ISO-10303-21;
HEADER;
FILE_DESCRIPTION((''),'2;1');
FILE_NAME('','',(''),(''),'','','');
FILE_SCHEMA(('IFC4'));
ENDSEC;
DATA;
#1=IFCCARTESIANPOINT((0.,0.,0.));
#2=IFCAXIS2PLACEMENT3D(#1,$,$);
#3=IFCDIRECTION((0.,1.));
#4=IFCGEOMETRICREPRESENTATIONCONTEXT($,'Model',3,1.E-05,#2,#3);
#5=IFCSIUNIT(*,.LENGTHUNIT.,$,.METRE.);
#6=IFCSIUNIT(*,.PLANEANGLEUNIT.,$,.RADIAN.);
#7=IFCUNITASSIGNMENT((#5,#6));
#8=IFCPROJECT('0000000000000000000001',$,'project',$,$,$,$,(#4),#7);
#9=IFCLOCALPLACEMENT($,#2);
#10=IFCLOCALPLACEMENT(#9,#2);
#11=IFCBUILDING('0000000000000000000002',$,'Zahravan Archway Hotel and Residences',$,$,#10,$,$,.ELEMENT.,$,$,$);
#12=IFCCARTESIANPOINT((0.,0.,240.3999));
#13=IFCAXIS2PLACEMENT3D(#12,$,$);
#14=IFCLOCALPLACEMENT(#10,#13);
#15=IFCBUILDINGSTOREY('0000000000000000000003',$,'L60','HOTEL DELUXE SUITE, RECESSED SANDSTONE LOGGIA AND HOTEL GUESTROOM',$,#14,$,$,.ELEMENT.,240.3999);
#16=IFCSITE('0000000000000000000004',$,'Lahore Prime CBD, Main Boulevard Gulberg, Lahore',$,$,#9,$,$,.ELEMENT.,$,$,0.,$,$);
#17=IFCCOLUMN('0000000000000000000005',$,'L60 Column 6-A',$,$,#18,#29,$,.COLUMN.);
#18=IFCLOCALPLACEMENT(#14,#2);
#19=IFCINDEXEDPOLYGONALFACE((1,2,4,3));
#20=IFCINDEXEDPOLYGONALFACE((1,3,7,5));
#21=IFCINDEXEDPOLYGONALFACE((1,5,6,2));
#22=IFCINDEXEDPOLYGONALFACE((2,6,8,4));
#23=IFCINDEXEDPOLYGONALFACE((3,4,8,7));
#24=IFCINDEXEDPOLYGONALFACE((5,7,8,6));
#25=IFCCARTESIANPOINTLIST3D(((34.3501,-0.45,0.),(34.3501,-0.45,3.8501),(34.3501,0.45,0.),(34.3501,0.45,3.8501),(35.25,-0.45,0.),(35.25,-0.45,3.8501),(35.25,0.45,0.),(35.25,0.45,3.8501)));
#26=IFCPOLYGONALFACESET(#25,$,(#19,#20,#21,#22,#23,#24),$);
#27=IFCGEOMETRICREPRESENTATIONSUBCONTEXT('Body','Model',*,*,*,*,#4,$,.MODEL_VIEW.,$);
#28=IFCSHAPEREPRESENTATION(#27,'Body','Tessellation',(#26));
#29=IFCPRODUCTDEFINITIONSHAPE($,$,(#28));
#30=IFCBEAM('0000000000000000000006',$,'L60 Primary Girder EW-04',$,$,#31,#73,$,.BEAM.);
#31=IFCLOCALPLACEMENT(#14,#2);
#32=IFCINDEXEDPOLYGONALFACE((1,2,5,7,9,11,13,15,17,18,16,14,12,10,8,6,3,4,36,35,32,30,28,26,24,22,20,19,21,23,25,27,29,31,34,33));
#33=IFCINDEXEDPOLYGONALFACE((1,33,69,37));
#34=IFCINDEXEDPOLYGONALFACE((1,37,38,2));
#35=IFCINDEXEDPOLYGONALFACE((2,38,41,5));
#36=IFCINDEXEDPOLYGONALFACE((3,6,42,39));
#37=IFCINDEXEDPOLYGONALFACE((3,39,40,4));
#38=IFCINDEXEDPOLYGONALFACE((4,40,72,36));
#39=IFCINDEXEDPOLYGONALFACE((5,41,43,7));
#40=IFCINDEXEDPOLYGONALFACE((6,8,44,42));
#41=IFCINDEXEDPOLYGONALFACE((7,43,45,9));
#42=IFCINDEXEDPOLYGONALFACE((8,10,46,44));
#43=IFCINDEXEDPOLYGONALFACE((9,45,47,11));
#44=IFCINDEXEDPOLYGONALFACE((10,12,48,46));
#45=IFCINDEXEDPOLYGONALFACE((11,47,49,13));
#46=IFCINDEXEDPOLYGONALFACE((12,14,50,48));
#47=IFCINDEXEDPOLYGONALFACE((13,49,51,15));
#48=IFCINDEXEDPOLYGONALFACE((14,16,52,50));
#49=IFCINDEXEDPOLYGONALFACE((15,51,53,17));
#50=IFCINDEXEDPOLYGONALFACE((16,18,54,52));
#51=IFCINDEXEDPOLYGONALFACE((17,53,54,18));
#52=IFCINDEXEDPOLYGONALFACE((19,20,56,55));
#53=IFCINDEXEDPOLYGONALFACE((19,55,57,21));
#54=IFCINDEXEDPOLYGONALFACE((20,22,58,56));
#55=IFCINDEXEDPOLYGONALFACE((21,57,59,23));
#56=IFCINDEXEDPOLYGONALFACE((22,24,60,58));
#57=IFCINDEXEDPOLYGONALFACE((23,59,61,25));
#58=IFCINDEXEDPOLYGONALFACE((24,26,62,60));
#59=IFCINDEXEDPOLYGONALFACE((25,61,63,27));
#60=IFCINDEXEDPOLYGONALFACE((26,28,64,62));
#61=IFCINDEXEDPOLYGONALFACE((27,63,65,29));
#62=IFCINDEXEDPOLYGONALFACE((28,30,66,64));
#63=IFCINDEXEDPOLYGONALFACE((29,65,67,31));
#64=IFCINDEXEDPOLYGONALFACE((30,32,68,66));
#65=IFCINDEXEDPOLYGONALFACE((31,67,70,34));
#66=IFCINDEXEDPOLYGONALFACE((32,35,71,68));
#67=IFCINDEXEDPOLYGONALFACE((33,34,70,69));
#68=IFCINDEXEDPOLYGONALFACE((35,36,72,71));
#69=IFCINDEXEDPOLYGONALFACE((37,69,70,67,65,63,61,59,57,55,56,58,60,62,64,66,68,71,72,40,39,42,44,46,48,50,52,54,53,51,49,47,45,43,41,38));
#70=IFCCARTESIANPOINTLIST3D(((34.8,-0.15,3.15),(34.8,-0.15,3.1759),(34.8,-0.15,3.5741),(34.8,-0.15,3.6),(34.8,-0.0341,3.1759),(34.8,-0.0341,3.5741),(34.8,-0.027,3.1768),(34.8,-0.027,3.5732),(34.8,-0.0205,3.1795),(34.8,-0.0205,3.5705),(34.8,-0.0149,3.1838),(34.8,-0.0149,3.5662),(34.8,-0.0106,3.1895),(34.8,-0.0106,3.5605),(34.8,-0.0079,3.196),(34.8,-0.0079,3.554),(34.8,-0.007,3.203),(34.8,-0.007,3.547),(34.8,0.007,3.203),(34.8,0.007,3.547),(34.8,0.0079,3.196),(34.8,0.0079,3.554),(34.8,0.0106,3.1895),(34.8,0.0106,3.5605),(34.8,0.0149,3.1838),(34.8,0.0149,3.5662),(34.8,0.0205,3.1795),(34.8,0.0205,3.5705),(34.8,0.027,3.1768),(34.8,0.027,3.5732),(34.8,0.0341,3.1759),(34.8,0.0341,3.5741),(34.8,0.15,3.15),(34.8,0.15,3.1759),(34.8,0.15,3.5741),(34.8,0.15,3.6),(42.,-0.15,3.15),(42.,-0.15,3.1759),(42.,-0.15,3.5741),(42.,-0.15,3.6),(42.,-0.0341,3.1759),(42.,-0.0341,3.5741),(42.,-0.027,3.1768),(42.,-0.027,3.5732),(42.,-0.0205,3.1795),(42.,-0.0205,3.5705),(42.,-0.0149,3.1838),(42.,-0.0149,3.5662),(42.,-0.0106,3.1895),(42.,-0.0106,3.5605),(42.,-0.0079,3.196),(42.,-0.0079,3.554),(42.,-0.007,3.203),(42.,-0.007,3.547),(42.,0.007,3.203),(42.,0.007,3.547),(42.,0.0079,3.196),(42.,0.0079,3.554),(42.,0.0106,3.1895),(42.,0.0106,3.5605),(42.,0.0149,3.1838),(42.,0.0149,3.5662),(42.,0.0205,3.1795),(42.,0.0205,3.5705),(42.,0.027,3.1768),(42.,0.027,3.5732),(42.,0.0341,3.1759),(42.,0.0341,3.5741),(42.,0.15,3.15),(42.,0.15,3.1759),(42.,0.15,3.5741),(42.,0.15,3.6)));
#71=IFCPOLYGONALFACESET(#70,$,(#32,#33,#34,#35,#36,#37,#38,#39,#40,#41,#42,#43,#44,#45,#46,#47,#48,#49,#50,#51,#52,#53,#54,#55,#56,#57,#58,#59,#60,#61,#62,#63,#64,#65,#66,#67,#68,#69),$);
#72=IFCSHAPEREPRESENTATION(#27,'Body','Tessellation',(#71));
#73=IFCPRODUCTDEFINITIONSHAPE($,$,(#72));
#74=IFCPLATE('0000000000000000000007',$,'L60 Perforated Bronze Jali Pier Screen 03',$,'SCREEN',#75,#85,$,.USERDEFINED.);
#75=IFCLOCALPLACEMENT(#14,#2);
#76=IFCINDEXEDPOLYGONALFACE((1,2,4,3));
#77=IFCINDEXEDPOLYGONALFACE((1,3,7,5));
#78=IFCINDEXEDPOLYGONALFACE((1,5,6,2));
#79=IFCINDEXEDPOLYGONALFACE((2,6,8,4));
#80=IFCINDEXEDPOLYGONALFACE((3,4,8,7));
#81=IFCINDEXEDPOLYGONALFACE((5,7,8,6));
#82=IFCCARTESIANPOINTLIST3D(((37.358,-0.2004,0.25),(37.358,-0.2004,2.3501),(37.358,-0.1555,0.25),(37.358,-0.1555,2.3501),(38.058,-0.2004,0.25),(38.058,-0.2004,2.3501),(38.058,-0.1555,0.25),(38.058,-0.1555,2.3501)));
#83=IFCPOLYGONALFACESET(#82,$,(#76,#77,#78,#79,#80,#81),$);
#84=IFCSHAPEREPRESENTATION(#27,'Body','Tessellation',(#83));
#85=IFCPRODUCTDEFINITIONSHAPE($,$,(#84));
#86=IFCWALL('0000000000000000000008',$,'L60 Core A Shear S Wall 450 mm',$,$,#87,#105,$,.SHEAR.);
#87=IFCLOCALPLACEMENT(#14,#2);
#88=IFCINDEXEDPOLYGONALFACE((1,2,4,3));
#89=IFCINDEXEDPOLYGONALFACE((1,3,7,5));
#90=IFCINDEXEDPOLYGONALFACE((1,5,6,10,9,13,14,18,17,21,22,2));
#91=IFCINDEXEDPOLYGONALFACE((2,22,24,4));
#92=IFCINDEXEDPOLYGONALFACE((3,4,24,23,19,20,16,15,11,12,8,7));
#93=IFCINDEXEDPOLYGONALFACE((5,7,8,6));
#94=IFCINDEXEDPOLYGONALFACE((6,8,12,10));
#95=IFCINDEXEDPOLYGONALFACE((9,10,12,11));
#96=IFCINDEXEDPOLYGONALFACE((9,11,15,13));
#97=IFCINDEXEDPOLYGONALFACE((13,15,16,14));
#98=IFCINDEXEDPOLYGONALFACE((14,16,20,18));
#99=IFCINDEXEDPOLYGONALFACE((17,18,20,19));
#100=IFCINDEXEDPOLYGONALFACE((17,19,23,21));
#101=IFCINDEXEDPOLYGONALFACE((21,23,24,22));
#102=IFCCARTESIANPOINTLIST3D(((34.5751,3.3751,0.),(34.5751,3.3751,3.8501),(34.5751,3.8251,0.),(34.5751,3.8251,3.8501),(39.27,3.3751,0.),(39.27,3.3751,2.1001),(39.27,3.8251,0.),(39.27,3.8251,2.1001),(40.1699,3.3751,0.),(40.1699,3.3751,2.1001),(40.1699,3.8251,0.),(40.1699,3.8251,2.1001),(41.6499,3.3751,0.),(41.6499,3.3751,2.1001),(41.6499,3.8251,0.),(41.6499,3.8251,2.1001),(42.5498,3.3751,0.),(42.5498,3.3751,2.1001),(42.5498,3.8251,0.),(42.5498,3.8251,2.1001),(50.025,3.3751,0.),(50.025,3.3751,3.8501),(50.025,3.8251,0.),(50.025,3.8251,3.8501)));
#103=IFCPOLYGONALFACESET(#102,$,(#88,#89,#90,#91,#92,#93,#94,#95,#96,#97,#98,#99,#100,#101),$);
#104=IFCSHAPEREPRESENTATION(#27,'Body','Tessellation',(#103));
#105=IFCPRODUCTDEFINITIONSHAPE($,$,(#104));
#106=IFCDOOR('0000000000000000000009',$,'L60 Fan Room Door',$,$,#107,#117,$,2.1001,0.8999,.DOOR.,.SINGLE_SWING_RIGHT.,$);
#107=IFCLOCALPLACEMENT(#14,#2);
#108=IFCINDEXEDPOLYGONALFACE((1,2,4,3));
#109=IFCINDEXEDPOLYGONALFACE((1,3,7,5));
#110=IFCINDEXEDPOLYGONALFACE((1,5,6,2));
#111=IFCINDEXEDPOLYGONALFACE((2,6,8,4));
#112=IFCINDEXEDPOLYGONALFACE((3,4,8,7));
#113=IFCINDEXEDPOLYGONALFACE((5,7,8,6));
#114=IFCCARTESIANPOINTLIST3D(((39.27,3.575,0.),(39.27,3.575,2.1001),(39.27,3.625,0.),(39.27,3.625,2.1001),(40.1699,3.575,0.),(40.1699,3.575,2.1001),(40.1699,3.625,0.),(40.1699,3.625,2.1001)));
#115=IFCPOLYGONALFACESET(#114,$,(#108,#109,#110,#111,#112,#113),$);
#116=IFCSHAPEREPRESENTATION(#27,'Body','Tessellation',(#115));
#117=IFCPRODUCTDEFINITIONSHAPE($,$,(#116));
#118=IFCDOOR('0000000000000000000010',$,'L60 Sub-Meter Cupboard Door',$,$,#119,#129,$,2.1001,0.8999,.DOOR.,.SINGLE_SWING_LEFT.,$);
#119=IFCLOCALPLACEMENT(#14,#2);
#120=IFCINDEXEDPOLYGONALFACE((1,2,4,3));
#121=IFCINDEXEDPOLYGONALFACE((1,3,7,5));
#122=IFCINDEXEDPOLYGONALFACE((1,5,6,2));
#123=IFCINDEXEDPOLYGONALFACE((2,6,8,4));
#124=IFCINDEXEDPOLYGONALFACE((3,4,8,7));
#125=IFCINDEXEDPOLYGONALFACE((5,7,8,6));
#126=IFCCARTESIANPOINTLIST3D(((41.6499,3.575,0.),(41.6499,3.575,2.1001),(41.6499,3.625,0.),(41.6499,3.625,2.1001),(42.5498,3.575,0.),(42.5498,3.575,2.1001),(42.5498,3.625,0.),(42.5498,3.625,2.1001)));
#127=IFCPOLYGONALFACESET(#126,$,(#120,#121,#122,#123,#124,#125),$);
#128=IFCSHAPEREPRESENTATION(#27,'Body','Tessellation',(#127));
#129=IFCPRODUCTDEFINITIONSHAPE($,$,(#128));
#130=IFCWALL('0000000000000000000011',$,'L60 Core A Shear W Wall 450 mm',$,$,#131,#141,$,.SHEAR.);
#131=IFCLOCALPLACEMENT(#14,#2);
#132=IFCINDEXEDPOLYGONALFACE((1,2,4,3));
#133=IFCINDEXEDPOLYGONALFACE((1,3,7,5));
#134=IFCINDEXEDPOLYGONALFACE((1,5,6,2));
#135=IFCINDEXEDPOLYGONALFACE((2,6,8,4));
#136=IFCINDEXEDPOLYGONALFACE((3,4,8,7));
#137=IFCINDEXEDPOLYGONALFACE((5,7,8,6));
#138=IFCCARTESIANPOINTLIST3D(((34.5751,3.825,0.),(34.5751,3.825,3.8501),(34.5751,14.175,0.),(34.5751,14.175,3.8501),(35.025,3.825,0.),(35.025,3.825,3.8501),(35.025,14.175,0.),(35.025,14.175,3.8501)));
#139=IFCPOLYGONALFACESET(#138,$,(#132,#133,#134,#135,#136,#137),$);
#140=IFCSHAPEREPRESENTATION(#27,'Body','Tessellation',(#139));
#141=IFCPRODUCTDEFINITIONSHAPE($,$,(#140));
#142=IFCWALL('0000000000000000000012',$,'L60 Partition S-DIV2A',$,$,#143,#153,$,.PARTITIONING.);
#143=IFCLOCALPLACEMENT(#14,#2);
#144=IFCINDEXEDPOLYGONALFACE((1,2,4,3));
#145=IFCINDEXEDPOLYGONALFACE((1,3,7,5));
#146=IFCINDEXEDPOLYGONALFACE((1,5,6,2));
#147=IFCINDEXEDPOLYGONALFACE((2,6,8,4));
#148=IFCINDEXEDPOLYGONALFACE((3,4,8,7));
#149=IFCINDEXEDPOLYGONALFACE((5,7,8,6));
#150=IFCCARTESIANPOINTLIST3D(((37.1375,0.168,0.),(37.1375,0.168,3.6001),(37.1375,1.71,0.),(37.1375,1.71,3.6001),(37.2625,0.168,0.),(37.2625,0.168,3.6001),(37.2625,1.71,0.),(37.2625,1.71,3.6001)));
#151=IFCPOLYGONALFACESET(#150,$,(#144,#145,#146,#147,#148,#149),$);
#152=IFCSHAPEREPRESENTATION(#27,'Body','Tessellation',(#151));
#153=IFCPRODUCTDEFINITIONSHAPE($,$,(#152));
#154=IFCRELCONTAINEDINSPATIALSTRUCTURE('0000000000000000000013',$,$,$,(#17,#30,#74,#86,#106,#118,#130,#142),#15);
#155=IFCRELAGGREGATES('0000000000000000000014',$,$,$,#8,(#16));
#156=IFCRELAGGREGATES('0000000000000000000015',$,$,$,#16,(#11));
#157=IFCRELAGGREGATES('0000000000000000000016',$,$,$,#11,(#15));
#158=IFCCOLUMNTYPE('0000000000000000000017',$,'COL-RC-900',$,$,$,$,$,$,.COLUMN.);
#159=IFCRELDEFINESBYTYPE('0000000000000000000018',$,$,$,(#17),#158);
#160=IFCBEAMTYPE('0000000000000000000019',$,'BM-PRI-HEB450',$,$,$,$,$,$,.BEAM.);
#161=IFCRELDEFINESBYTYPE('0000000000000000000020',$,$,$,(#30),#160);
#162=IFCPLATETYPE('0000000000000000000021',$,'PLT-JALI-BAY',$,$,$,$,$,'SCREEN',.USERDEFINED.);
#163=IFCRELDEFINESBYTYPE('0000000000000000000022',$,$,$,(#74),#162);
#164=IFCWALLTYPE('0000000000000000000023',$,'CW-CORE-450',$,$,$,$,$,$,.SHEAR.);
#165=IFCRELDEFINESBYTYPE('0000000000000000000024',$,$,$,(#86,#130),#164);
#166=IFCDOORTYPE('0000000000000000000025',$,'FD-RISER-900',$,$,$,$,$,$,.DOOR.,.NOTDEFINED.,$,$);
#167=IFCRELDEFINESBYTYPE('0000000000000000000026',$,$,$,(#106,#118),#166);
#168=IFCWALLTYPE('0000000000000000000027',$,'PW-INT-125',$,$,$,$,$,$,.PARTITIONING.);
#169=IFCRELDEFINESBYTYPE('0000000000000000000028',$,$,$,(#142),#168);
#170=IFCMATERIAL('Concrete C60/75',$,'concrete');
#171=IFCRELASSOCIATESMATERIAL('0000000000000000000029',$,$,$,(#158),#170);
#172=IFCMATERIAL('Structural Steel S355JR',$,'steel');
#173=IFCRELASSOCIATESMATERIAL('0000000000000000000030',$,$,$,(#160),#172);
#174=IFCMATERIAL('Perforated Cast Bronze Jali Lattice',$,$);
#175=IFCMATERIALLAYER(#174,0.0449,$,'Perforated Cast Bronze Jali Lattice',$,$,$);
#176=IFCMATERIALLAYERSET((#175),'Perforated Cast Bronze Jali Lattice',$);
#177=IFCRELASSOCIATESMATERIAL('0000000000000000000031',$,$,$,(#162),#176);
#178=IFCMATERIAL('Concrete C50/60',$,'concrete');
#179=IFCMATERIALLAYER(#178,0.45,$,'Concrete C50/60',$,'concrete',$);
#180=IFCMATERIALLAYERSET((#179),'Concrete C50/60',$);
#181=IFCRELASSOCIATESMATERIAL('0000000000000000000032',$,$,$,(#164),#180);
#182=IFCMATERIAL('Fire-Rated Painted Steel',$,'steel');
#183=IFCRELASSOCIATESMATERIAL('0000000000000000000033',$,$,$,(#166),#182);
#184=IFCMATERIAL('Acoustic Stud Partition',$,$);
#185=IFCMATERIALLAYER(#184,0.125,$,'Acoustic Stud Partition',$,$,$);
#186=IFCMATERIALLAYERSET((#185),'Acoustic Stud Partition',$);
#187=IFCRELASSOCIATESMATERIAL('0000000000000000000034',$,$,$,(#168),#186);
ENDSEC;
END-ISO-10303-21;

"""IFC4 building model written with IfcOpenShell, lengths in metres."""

from ifc_helpers import new_model, si_unit, direction, frame, frame_2d, origin, origin_2d, place, context, subcontext, project, spatial, rectangle, i_section, extrude, source, transform, mapped, material, layer, layer_set, material_profile, profile_set, type_object, type_shapes, element, fill, save


model = new_model("IFC4")

# Units and contexts
model_context = context("Model", 3, precision=1e-05, world=origin(), true_north=direction((0.0, 1.0)))
body_context = subcontext(model_context, "Body", "Model", "MODEL_VIEW")
ifc_project = project(units=[si_unit("LENGTHUNIT", "METRE"), si_unit("PLANEANGLEUNIT", "RADIAN")], contexts=[model_context])

# Site, building, storey
site_placement = place(None, origin())
site = spatial("IfcSite", under=ifc_project, at=site_placement, Name="Lahore Prime CBD, Main Boulevard Gulberg, Lahore", CompositionType="ELEMENT", RefElevation=0.0)
building_placement = place(site_placement, origin())
building = spatial("IfcBuilding", under=site, at=building_placement, Name="Zahravan Archway Hotel and Residences", CompositionType="ELEMENT")
storey_placement = place(building_placement, frame((0.0, 0.0, 240.3999)))
storey = spatial("IfcBuildingStorey", under=building, at=storey_placement, Name="L60", Description="HOTEL DELUXE SUITE, RECESSED SANDSTONE LOGGIA AND HOTEL GUESTROOM", CompositionType="ELEMENT", Elevation=240.3999)

# Column
ifc_material_1 = material(Name="Concrete C60/75", Category="concrete")
ifc_material_profile_1 = material_profile(ifc_material_1, rectangle(XDim=0.8999, YDim=0.8999, at=origin_2d()), Name="RC-COL-900x900", Category="concrete")
ifc_profile_set_1 = profile_set([ifc_material_profile_1], Name="Concrete C60/75")
column_type = type_object("IfcColumnType", Name="COL-RC-900", PredefinedType="COLUMN", material=ifc_profile_set_1)
shared_shape_1 = source(origin(), body_context, "Body", "SweptSolid", [
    extrude(rectangle(XDim=0.8999, YDim=0.8999, at=origin_2d()), origin(), (0.0, 0.0, 1.0), 3.8501),
])
type_shapes(column_type, [shared_shape_1])
column_placement = place(storey_placement, frame((34.8, 0.0, 0.0), z_axis=(0.0, 0.0, 1.0), x_axis=(1.0, 0.0, 0.0)))
element("IfcColumn", 1, at=column_placement, inside=storey, type_object=column_type, Name="L60 Column 6-A", PredefinedType="COLUMN", context=body_context, shape_type="MappedRepresentation", body=[
    mapped(shared_shape_1, transform((0.0, 0.0, 0.0), scale=1.0)),
])

# Beam
ifc_material_2 = material(Name="Structural Steel S355JR", Category="steel")
ifc_material_profile_2 = material_profile(ifc_material_2, i_section(OverallWidth=0.3, OverallDepth=0.45, WebThickness=0.0139, FlangeThickness=0.0259, FilletRadius=0.0271, at=origin_2d()), Name="HEB 450", Category="steel")
ifc_profile_set_2 = profile_set([ifc_material_profile_2], Name="Structural Steel S355JR")
beam_type = type_object("IfcBeamType", Name="BM-PRI-HEB450", PredefinedType="BEAM", material=ifc_profile_set_2)
shared_shape_2 = source(origin(), body_context, "Body", "SweptSolid", [
    extrude(i_section(OverallWidth=0.3, OverallDepth=0.45, WebThickness=0.0139, FlangeThickness=0.0259, FilletRadius=0.0271, at=origin_2d()), origin(), (0.0, 0.0, 1.0), 7.2),
])
beam_placement = place(storey_placement, frame((34.8, 0.0, 3.375), z_axis=(1.0, 0.0, 0.0), x_axis=(0.0, 1.0, 0.0)))
element("IfcBeam", 2, at=beam_placement, inside=storey, type_object=beam_type, Name="L60 Primary Girder EW-04", PredefinedType="BEAM", context=body_context, shape_type="MappedRepresentation", body=[
    mapped(shared_shape_2, transform((0.0, 0.0, 0.0), scale=1.0)),
])

# Plate
ifc_material_3 = material(Name="Perforated Cast Bronze Jali Lattice")
ifc_layer_1 = layer(ifc_material_3, 0.0449, Name="Perforated Cast Bronze Jali Lattice")
ifc_layer_set_1 = layer_set([ifc_layer_1], Name="Perforated Cast Bronze Jali Lattice")
plate_type = type_object("IfcPlateType", Name="PLT-JALI-BAY", ElementType="SCREEN", PredefinedType="USERDEFINED", material=ifc_layer_set_1)
shared_shape_3 = source(origin(), body_context, "Body", "SweptSolid", [
    extrude(rectangle(XDim=0.7, YDim=0.0449, at=origin_2d()), origin(), (0.0, 0.0, 1.0), 2.1001),
])
type_shapes(plate_type, [shared_shape_3])
plate_placement = place(storey_placement, frame((37.708, -0.178, 0.25), z_axis=(0.0, 0.0, 1.0), x_axis=(1.0, 0.0, 0.0)))
element("IfcPlate", 3, at=plate_placement, inside=storey, type_object=plate_type, Name="L60 Perforated Bronze Jali Pier Screen 03", ObjectType="SCREEN", PredefinedType="USERDEFINED", context=body_context, shape_type="MappedRepresentation", body=[
    mapped(shared_shape_3, transform((0.0, 0.0, 0.0), scale=1.0)),
])

# Wall, openings, doors
ifc_material_4 = material(Name="Concrete C50/60", Category="concrete")
ifc_layer_2 = layer(ifc_material_4, 0.45, Name="Concrete C50/60", Category="concrete")
ifc_layer_set_2 = layer_set([ifc_layer_2], Name="Concrete C50/60")
wall_type_1 = type_object("IfcWallType", Name="CW-CORE-450", PredefinedType="SHEAR", material=ifc_layer_set_2)
wall_1_placement = place(storey_placement, frame((34.575, 3.6001, 0.0), z_axis=(0.0, 0.0, 1.0), x_axis=(1.0, 0.0, 0.0)))
wall_1 = element("IfcWall", 4, at=wall_1_placement, inside=storey, type_object=wall_type_1, Name="L60 Core A Shear S Wall 450 mm", PredefinedType="SHEAR", context=body_context, shape_type="SweptSolid", body=[
    extrude(rectangle(XDim=15.45, YDim=0.45, at=frame_2d((7.7251, 0.0))), origin(), (0.0, 0.0, 1.0), 3.8501),
])
opening_1_placement = place(wall_1_placement, frame((4.6951, 0.0, 0.0)))
opening_1 = element("IfcOpeningElement", 5, at=opening_1_placement, cuts=wall_1, PredefinedType="OPENING", context=body_context, shape_type="SweptSolid", body=[
    extrude(rectangle(XDim=0.8999, YDim=2.1001, at=frame_2d((0.45, 1.05))), frame((0.0, 0.2349, 0.0), z_axis=(0.0, -1.0, 0.0), x_axis=(1.0, 0.0, 0.0)), (0.0, 0.0, 1.0), 0.47),
])
opening_2_placement = place(wall_1_placement, frame((7.075, 0.0, 0.0)))
opening_2 = element("IfcOpeningElement", 6, at=opening_2_placement, cuts=wall_1, PredefinedType="OPENING", context=body_context, shape_type="SweptSolid", body=[
    extrude(rectangle(XDim=0.8999, YDim=2.1001, at=frame_2d((0.45, 1.05))), frame((0.0, 0.2349, 0.0), z_axis=(0.0, -1.0, 0.0), x_axis=(1.0, 0.0, 0.0)), (0.0, 0.0, 1.0), 0.47),
])
ifc_material_5 = material(Name="Fire-Rated Painted Steel", Category="steel")
door_type_1 = type_object("IfcDoorType", Name="FD-RISER-900", OperationType="NOTDEFINED", PredefinedType="DOOR", material=ifc_material_5)
shared_shape_4 = source(origin(), body_context, "Body", "SweptSolid", [
    extrude(rectangle(XDim=0.8999, YDim=2.1001, at=frame_2d((0.45, 1.05))), frame((0.0, 0.0249, 0.0), z_axis=(0.0, -1.0, 0.0), x_axis=(1.0, 0.0, 0.0)), (0.0, 0.0, 1.0), 0.05),
])
type_shapes(door_type_1, [shared_shape_4])
door_1_placement = place(opening_1_placement, origin())
door_1 = element("IfcDoor", 7, at=door_1_placement, inside=storey, type_object=door_type_1, Name="L60 Fan Room Door", OperationType="SINGLE_SWING_RIGHT", OverallHeight=2.1001, OverallWidth=0.8999, PredefinedType="DOOR", context=body_context, shape_type="MappedRepresentation", body=[
    mapped(shared_shape_4, transform((0.0, 0.0, 0.0), scale=1.0)),
])
fill(opening_1, door_1)
door_2_placement = place(opening_2_placement, origin())
door_2 = element("IfcDoor", 8, at=door_2_placement, inside=storey, type_object=door_type_1, Name="L60 Sub-Meter Cupboard Door", OperationType="SINGLE_SWING_LEFT", OverallHeight=2.1001, OverallWidth=0.8999, PredefinedType="DOOR", context=body_context, shape_type="MappedRepresentation", body=[
    mapped(shared_shape_4, transform((0.0, 0.0, 0.0), scale=1.0)),
])
fill(opening_2, door_2)

# Walls
wall_2_placement = place(storey_placement, frame((34.8, 3.825, 0.0), z_axis=(0.0, 0.0, 1.0), x_axis=(0.0, 1.0, 0.0)))
element("IfcWall", 9, at=wall_2_placement, inside=storey, type_object=wall_type_1, Name="L60 Core A Shear W Wall 450 mm", PredefinedType="SHEAR", context=body_context, shape_type="SweptSolid", body=[
    extrude(rectangle(XDim=10.3501, YDim=0.45, at=frame_2d((5.175, 0.0))), origin(), (0.0, 0.0, 1.0), 3.8501),
])
ifc_material_6 = material(Name="Acoustic Stud Partition")
ifc_layer_3 = layer(ifc_material_6, 0.125, Name="Acoustic Stud Partition")
ifc_layer_set_3 = layer_set([ifc_layer_3], Name="Acoustic Stud Partition")
wall_type_2 = type_object("IfcWallType", Name="PW-INT-125", PredefinedType="PARTITIONING", material=ifc_layer_set_3)
wall_3_placement = place(storey_placement, frame((37.2, 0.168, 0.0), z_axis=(0.0, 0.0, 1.0), x_axis=(0.0, 1.0, 0.0)))
element("IfcWall", 10, at=wall_3_placement, inside=storey, type_object=wall_type_2, Name="L60 Partition S-DIV2A", PredefinedType="PARTITIONING", context=body_context, shape_type="SweptSolid", body=[
    extrude(rectangle(XDim=1.542, YDim=0.125, at=frame_2d((0.771, 0.0))), origin(), (0.0, 0.0, 1.0), 3.6001),
])

save(model, "model.ifc")
